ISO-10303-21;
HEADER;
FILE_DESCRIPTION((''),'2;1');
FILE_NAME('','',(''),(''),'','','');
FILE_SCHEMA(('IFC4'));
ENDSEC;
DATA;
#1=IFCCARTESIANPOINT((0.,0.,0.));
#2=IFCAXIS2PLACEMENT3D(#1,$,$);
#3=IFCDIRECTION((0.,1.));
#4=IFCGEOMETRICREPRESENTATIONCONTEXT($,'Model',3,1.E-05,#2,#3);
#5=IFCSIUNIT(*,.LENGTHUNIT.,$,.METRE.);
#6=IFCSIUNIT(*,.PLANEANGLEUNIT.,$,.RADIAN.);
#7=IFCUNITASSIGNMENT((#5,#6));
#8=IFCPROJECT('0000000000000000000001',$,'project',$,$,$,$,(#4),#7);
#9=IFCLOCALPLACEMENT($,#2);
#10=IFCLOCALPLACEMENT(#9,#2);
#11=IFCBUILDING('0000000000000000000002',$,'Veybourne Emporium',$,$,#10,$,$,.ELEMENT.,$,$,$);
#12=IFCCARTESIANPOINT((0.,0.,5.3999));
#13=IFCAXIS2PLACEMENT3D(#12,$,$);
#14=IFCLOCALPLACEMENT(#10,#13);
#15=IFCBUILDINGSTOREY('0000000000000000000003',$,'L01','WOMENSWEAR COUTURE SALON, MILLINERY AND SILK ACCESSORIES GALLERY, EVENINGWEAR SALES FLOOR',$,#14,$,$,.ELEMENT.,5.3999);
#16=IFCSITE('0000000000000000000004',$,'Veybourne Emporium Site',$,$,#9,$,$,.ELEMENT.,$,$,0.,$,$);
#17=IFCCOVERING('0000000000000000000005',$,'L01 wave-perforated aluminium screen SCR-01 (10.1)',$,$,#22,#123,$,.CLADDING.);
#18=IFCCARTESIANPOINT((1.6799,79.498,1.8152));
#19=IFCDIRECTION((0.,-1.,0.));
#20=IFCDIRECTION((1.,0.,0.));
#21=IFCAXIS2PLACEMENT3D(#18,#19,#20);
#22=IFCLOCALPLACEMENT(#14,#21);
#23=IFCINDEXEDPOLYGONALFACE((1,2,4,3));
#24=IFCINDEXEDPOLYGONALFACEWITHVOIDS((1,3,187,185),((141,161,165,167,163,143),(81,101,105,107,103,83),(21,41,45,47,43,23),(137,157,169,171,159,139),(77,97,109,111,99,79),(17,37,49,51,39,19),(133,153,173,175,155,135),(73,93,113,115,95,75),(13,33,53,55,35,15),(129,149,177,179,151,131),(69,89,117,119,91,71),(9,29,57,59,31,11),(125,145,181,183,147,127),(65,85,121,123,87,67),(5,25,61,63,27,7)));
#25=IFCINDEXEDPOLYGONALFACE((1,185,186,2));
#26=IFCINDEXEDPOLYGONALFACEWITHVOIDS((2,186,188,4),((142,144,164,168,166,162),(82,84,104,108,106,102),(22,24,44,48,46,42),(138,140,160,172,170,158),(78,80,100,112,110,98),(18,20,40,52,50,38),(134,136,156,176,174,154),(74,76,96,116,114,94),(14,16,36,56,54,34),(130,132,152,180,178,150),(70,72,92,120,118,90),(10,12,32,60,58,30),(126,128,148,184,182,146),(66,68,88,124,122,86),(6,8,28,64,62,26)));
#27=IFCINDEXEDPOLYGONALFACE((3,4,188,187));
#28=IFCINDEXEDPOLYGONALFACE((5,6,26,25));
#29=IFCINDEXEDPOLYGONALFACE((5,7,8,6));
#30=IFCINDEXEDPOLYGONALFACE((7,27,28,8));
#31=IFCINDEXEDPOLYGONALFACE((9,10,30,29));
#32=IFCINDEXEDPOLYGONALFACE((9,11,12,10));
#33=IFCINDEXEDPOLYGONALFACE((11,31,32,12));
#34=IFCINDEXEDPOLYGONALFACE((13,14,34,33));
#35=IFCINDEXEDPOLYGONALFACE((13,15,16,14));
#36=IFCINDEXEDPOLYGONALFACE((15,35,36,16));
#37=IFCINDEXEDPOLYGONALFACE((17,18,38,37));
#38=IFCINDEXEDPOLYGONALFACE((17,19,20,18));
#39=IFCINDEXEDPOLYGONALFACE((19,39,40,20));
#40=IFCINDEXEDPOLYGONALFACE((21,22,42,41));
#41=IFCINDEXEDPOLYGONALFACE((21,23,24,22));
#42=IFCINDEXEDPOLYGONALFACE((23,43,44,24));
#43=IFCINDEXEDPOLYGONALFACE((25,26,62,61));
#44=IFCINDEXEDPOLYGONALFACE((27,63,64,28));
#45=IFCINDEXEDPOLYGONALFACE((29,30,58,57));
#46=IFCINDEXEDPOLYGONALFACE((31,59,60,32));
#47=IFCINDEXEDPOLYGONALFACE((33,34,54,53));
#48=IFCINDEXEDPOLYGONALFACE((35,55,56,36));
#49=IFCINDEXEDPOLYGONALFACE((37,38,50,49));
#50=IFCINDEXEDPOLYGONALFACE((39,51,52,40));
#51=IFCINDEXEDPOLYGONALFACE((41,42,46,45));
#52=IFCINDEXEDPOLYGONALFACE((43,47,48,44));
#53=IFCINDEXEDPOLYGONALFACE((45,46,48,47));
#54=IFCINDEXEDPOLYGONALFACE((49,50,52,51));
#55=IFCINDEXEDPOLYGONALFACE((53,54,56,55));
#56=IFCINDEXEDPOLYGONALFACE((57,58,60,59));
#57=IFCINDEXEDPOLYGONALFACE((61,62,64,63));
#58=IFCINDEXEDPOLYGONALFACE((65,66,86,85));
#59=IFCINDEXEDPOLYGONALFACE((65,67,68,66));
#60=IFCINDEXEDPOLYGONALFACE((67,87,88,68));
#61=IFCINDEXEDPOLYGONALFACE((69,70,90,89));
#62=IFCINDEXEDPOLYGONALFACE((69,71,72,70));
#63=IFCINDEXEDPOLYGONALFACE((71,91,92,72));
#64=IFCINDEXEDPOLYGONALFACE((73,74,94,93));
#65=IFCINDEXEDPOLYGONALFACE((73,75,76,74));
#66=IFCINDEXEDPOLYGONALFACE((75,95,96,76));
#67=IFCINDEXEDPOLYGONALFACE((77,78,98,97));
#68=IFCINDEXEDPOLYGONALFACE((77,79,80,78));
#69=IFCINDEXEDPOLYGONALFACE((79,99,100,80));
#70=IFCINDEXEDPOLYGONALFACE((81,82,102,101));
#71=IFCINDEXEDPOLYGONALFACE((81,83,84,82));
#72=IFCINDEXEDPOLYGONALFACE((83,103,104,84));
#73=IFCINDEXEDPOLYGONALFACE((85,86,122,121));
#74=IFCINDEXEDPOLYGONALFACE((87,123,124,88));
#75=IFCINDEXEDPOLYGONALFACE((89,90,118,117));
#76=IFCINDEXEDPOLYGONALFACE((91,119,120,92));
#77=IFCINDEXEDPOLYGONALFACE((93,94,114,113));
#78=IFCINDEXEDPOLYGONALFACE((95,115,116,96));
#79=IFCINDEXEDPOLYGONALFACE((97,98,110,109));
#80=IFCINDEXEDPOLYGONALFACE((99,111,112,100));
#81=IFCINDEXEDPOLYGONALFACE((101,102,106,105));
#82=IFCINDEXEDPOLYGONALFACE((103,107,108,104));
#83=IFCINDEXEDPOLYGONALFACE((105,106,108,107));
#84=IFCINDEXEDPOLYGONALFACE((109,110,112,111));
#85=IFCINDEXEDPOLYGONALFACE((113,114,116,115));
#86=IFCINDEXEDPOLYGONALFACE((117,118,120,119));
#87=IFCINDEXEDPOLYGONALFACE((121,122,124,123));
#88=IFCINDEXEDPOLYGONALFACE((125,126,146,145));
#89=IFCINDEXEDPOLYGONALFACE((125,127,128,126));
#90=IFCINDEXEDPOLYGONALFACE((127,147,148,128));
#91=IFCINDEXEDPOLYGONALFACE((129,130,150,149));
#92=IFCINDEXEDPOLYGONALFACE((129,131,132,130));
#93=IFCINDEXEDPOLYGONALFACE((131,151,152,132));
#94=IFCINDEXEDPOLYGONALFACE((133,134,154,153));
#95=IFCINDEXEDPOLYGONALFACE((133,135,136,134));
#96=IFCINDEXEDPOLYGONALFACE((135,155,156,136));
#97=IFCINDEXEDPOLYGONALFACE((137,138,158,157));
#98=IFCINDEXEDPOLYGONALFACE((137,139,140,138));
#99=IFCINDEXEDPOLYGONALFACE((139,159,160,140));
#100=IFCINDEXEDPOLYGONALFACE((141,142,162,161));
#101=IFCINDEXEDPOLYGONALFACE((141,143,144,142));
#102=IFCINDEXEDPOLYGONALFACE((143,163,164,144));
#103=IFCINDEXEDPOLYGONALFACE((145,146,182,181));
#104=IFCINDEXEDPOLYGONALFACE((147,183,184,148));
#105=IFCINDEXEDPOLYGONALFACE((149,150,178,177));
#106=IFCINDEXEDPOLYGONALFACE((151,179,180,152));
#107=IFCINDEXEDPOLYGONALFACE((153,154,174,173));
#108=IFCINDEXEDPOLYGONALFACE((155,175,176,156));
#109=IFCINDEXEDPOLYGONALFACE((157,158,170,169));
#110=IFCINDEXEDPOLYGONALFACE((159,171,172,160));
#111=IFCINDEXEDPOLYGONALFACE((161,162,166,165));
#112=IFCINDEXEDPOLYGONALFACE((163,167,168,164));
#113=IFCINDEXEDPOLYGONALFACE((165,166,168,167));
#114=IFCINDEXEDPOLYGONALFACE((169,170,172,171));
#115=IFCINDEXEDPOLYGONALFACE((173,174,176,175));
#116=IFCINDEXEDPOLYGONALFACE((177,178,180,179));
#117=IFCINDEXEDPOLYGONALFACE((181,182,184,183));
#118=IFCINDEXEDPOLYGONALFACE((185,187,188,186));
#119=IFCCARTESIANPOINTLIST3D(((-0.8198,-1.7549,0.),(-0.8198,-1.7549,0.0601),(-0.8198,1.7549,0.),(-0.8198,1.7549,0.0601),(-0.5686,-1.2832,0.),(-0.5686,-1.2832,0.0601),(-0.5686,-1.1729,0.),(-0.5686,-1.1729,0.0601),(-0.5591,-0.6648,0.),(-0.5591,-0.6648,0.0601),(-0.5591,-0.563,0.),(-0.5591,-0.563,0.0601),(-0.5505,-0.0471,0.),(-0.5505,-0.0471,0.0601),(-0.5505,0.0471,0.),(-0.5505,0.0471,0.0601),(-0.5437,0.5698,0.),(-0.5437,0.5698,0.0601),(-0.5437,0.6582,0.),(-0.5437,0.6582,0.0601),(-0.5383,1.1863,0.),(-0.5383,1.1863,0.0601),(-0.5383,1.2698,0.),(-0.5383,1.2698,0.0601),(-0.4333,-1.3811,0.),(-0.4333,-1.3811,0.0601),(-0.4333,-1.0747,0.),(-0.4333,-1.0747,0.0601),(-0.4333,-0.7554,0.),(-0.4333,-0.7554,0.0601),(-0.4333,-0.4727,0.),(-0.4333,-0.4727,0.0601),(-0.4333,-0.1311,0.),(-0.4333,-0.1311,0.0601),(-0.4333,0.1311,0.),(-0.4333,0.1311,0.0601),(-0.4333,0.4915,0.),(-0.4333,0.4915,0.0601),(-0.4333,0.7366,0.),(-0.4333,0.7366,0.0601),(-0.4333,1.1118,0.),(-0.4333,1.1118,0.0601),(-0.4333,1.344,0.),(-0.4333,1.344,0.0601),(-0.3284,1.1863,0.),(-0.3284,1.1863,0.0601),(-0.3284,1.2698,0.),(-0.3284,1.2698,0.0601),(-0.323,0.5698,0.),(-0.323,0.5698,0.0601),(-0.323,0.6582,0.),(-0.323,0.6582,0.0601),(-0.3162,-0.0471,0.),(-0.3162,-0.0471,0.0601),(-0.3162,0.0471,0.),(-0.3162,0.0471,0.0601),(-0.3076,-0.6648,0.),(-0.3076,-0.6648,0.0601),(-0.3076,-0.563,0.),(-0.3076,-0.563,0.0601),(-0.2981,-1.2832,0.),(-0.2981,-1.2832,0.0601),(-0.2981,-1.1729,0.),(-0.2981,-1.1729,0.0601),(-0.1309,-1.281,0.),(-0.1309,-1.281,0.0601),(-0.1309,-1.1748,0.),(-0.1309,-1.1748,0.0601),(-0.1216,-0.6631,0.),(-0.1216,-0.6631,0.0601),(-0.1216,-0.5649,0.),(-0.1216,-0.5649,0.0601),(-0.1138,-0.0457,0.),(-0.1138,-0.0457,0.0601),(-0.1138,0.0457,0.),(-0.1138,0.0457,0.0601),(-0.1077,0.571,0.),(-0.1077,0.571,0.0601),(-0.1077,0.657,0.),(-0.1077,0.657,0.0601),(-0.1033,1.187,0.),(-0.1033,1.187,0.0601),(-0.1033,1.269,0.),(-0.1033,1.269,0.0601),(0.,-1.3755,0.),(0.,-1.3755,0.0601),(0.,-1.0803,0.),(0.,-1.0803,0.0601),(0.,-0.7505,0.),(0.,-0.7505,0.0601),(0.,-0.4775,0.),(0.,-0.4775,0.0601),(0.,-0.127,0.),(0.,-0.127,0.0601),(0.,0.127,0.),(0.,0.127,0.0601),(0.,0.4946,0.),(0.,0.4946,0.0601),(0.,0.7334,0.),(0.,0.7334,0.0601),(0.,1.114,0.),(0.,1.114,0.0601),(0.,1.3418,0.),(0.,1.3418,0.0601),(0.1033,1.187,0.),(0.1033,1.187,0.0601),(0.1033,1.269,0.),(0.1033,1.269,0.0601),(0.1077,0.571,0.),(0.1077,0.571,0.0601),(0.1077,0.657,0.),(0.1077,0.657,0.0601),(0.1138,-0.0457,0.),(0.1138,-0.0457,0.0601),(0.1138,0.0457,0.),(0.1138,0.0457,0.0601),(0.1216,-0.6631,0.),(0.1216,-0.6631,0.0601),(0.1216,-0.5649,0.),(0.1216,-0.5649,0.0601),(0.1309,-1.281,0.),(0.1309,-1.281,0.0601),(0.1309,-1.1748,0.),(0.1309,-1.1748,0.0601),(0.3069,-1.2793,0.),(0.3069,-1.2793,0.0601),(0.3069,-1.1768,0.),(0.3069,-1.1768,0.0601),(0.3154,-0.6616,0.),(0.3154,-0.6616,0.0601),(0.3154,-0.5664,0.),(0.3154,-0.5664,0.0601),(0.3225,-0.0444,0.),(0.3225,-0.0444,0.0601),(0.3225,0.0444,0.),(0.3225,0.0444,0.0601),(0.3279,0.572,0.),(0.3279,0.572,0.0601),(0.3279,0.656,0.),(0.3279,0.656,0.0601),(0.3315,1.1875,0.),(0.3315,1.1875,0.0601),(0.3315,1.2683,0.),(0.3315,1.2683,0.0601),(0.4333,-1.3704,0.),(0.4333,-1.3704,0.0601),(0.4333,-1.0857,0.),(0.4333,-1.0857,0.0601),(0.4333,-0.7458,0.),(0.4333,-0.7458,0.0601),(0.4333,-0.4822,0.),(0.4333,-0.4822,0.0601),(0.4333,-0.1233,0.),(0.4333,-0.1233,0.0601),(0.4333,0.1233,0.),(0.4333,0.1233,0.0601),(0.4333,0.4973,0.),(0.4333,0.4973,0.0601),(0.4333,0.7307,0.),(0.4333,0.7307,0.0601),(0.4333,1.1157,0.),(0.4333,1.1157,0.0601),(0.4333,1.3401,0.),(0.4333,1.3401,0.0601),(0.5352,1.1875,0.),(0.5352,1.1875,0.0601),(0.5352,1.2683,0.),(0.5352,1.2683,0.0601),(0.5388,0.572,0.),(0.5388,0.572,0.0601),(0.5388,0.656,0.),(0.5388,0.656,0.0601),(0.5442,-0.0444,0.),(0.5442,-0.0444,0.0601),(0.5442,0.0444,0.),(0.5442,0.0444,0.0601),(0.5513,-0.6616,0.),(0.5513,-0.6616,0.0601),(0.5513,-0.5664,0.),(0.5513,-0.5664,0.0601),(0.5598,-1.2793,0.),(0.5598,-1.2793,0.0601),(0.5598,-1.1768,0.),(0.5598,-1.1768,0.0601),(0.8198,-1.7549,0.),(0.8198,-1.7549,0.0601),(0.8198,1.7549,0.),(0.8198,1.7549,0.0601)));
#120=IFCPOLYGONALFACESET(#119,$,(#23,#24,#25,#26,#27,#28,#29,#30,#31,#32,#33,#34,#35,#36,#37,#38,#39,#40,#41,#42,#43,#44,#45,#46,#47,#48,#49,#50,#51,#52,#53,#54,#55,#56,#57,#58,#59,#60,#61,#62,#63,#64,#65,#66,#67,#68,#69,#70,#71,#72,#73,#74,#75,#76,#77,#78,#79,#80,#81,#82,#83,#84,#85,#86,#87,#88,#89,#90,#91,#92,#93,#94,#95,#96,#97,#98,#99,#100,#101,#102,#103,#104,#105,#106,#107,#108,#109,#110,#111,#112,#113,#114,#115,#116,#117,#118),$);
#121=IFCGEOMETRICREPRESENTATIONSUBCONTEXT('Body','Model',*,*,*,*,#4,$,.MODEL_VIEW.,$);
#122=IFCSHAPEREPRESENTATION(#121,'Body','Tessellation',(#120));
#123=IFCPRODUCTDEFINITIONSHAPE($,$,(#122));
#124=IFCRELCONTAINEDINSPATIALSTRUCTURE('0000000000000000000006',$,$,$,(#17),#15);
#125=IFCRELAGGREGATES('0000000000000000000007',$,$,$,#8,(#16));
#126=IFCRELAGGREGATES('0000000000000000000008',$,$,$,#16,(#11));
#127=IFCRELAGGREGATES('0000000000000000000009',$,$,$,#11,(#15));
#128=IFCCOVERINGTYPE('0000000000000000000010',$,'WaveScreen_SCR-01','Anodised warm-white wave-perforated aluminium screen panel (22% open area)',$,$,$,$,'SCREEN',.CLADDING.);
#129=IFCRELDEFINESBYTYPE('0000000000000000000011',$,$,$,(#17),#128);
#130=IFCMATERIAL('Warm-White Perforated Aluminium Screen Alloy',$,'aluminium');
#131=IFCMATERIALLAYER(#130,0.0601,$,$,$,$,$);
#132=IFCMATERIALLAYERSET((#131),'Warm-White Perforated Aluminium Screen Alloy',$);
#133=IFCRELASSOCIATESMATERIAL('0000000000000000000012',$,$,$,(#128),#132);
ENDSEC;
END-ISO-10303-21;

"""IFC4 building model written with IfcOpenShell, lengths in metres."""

from ifc_helpers import new_model, si_unit, direction, frame, origin, place, context, subcontext, project, spatial, polyline, outline, extrude, material, layer, layer_set, type_object, element, save


model = new_model("IFC4")

# Units and contexts
model_context = context("Model", 3, precision=1e-05, world=origin(), true_north=direction((0.0, 1.0)))
body_context = subcontext(model_context, "Body", "Model", "MODEL_VIEW")
ifc_project = project(units=[si_unit("LENGTHUNIT", "METRE"), si_unit("PLANEANGLEUNIT", "RADIAN")], contexts=[model_context])

# Site, building, storey
site_placement = place(None, origin())
site = spatial("IfcSite", under=ifc_project, at=site_placement, Name="Veybourne Emporium Site", CompositionType="ELEMENT", RefElevation=0.0)
building_placement = place(site_placement, origin())
building = spatial("IfcBuilding", under=site, at=building_placement, Name="Veybourne Emporium", CompositionType="ELEMENT")
storey_placement = place(building_placement, frame((0.0, 0.0, 5.3999)))
storey = spatial("IfcBuildingStorey", under=building, at=storey_placement, Name="L01", Description="WOMENSWEAR COUTURE SALON, MILLINERY AND SILK ACCESSORIES GALLERY, EVENINGWEAR SALES FLOOR", CompositionType="ELEMENT", Elevation=5.3999)

# Covering
ifc_material_1 = material(Name="Warm-White Perforated Aluminium Screen Alloy", Category="aluminium")
ifc_layer_1 = layer(ifc_material_1, 0.0601)
ifc_layer_set_1 = layer_set([ifc_layer_1], Name="Warm-White Perforated Aluminium Screen Alloy")
covering_type_1 = type_object("IfcCoveringType", Name="WaveScreen_SCR-01", Description="Anodised warm-white wave-perforated aluminium screen panel (22% open area)", ElementType="SCREEN", PredefinedType="CLADDING", material=ifc_layer_set_1)
covering_1_placement = place(storey_placement, frame((1.6799, 79.498, 1.8152), z_axis=(0.0, -1.0, 0.0), x_axis=(1.0, 0.0, 0.0)))
element("IfcCovering", 1, at=covering_1_placement, inside=storey, type_object=covering_type_1, Name="L01 wave-perforated aluminium screen SCR-01 (10.1)", PredefinedType="CLADDING", context=body_context, shape_type="SweptSolid", body=[
    extrude(outline(polyline([(-0.8198, -1.7549), (0.8198, -1.7549), (0.8198, 1.7549), (-0.8198, 1.7549), (-0.8198, -1.7549)]), holes=[polyline([(-0.4333, -1.0747), (-0.2981, -1.1729), (-0.2981, -1.2832), (-0.4333, -1.3811), (-0.5686, -1.2832), (-0.5686, -1.1729), (-0.4333, -1.0747)]), polyline([(-0.4333, -0.4727), (-0.3076, -0.563), (-0.3076, -0.6648), (-0.4333, -0.7554), (-0.5591, -0.6648), (-0.5591, -0.563), (-0.4333, -0.4727)]), polyline([(-0.4333, 0.1311), (-0.3162, 0.0471), (-0.3162, -0.0471), (-0.4333, -0.1311), (-0.5505, -0.0471), (-0.5505, 0.0471), (-0.4333, 0.1311)]), polyline([(-0.4333, 0.7366), (-0.323, 0.6582), (-0.323, 0.5698), (-0.4333, 0.4915), (-0.5437, 0.5698), (-0.5437, 0.6582), (-0.4333, 0.7366)]), polyline([(-0.4333, 1.344), (-0.3284, 1.2698), (-0.3284, 1.1863), (-0.4333, 1.1118), (-0.5383, 1.1863), (-0.5383, 1.2698), (-0.4333, 1.344)]), polyline([(0.0, -1.0803), (0.1309, -1.1748), (0.1309, -1.281), (0.0, -1.3755), (-0.1309, -1.281), (-0.1309, -1.1748), (0.0, -1.0803)]), polyline([(0.0, -0.4775), (0.1216, -0.5649), (0.1216, -0.6631), (0.0, -0.7505), (-0.1216, -0.6631), (-0.1216, -0.5649), (0.0, -0.4775)]), polyline([(0.0, 0.127), (0.1138, 0.0457), (0.1138, -0.0457), (0.0, -0.127), (-0.1138, -0.0457), (-0.1138, 0.0457), (0.0, 0.127)]), polyline([(0.0, 0.7334), (0.1077, 0.657), (0.1077, 0.571), (0.0, 0.4946), (-0.1077, 0.571), (-0.1077, 0.657), (0.0, 0.7334)]), polyline([(0.0, 1.3418), (0.1033, 1.269), (0.1033, 1.187), (0.0, 1.114), (-0.1033, 1.187), (-0.1033, 1.269), (0.0, 1.3418)]), polyline([(0.4333, -1.0857), (0.5598, -1.1768), (0.5598, -1.2793), (0.4333, -1.3704), (0.3069, -1.2793), (0.3069, -1.1768), (0.4333, -1.0857)]), polyline([(0.4333, -0.4822), (0.5513, -0.5664), (0.5513, -0.6616), (0.4333, -0.7458), (0.3154, -0.6616), (0.3154, -0.5664), (0.4333, -0.4822)]), polyline([(0.4333, 0.1233), (0.5442, 0.0444), (0.5442, -0.0444), (0.4333, -0.1233), (0.3225, -0.0444), (0.3225, 0.0444), (0.4333, 0.1233)]), polyline([(0.4333, 0.7307), (0.5388, 0.656), (0.5388, 0.572), (0.4333, 0.4973), (0.3279, 0.572), (0.3279, 0.656), (0.4333, 0.7307)]), polyline([(0.4333, 1.3401), (0.5352, 1.2683), (0.5352, 1.1875), (0.4333, 1.1157), (0.3315, 1.1875), (0.3315, 1.2683), (0.4333, 1.3401)])]), origin(), (0.0, 0.0, 1.0), 0.0601),
])

save(model, "model.ifc")
